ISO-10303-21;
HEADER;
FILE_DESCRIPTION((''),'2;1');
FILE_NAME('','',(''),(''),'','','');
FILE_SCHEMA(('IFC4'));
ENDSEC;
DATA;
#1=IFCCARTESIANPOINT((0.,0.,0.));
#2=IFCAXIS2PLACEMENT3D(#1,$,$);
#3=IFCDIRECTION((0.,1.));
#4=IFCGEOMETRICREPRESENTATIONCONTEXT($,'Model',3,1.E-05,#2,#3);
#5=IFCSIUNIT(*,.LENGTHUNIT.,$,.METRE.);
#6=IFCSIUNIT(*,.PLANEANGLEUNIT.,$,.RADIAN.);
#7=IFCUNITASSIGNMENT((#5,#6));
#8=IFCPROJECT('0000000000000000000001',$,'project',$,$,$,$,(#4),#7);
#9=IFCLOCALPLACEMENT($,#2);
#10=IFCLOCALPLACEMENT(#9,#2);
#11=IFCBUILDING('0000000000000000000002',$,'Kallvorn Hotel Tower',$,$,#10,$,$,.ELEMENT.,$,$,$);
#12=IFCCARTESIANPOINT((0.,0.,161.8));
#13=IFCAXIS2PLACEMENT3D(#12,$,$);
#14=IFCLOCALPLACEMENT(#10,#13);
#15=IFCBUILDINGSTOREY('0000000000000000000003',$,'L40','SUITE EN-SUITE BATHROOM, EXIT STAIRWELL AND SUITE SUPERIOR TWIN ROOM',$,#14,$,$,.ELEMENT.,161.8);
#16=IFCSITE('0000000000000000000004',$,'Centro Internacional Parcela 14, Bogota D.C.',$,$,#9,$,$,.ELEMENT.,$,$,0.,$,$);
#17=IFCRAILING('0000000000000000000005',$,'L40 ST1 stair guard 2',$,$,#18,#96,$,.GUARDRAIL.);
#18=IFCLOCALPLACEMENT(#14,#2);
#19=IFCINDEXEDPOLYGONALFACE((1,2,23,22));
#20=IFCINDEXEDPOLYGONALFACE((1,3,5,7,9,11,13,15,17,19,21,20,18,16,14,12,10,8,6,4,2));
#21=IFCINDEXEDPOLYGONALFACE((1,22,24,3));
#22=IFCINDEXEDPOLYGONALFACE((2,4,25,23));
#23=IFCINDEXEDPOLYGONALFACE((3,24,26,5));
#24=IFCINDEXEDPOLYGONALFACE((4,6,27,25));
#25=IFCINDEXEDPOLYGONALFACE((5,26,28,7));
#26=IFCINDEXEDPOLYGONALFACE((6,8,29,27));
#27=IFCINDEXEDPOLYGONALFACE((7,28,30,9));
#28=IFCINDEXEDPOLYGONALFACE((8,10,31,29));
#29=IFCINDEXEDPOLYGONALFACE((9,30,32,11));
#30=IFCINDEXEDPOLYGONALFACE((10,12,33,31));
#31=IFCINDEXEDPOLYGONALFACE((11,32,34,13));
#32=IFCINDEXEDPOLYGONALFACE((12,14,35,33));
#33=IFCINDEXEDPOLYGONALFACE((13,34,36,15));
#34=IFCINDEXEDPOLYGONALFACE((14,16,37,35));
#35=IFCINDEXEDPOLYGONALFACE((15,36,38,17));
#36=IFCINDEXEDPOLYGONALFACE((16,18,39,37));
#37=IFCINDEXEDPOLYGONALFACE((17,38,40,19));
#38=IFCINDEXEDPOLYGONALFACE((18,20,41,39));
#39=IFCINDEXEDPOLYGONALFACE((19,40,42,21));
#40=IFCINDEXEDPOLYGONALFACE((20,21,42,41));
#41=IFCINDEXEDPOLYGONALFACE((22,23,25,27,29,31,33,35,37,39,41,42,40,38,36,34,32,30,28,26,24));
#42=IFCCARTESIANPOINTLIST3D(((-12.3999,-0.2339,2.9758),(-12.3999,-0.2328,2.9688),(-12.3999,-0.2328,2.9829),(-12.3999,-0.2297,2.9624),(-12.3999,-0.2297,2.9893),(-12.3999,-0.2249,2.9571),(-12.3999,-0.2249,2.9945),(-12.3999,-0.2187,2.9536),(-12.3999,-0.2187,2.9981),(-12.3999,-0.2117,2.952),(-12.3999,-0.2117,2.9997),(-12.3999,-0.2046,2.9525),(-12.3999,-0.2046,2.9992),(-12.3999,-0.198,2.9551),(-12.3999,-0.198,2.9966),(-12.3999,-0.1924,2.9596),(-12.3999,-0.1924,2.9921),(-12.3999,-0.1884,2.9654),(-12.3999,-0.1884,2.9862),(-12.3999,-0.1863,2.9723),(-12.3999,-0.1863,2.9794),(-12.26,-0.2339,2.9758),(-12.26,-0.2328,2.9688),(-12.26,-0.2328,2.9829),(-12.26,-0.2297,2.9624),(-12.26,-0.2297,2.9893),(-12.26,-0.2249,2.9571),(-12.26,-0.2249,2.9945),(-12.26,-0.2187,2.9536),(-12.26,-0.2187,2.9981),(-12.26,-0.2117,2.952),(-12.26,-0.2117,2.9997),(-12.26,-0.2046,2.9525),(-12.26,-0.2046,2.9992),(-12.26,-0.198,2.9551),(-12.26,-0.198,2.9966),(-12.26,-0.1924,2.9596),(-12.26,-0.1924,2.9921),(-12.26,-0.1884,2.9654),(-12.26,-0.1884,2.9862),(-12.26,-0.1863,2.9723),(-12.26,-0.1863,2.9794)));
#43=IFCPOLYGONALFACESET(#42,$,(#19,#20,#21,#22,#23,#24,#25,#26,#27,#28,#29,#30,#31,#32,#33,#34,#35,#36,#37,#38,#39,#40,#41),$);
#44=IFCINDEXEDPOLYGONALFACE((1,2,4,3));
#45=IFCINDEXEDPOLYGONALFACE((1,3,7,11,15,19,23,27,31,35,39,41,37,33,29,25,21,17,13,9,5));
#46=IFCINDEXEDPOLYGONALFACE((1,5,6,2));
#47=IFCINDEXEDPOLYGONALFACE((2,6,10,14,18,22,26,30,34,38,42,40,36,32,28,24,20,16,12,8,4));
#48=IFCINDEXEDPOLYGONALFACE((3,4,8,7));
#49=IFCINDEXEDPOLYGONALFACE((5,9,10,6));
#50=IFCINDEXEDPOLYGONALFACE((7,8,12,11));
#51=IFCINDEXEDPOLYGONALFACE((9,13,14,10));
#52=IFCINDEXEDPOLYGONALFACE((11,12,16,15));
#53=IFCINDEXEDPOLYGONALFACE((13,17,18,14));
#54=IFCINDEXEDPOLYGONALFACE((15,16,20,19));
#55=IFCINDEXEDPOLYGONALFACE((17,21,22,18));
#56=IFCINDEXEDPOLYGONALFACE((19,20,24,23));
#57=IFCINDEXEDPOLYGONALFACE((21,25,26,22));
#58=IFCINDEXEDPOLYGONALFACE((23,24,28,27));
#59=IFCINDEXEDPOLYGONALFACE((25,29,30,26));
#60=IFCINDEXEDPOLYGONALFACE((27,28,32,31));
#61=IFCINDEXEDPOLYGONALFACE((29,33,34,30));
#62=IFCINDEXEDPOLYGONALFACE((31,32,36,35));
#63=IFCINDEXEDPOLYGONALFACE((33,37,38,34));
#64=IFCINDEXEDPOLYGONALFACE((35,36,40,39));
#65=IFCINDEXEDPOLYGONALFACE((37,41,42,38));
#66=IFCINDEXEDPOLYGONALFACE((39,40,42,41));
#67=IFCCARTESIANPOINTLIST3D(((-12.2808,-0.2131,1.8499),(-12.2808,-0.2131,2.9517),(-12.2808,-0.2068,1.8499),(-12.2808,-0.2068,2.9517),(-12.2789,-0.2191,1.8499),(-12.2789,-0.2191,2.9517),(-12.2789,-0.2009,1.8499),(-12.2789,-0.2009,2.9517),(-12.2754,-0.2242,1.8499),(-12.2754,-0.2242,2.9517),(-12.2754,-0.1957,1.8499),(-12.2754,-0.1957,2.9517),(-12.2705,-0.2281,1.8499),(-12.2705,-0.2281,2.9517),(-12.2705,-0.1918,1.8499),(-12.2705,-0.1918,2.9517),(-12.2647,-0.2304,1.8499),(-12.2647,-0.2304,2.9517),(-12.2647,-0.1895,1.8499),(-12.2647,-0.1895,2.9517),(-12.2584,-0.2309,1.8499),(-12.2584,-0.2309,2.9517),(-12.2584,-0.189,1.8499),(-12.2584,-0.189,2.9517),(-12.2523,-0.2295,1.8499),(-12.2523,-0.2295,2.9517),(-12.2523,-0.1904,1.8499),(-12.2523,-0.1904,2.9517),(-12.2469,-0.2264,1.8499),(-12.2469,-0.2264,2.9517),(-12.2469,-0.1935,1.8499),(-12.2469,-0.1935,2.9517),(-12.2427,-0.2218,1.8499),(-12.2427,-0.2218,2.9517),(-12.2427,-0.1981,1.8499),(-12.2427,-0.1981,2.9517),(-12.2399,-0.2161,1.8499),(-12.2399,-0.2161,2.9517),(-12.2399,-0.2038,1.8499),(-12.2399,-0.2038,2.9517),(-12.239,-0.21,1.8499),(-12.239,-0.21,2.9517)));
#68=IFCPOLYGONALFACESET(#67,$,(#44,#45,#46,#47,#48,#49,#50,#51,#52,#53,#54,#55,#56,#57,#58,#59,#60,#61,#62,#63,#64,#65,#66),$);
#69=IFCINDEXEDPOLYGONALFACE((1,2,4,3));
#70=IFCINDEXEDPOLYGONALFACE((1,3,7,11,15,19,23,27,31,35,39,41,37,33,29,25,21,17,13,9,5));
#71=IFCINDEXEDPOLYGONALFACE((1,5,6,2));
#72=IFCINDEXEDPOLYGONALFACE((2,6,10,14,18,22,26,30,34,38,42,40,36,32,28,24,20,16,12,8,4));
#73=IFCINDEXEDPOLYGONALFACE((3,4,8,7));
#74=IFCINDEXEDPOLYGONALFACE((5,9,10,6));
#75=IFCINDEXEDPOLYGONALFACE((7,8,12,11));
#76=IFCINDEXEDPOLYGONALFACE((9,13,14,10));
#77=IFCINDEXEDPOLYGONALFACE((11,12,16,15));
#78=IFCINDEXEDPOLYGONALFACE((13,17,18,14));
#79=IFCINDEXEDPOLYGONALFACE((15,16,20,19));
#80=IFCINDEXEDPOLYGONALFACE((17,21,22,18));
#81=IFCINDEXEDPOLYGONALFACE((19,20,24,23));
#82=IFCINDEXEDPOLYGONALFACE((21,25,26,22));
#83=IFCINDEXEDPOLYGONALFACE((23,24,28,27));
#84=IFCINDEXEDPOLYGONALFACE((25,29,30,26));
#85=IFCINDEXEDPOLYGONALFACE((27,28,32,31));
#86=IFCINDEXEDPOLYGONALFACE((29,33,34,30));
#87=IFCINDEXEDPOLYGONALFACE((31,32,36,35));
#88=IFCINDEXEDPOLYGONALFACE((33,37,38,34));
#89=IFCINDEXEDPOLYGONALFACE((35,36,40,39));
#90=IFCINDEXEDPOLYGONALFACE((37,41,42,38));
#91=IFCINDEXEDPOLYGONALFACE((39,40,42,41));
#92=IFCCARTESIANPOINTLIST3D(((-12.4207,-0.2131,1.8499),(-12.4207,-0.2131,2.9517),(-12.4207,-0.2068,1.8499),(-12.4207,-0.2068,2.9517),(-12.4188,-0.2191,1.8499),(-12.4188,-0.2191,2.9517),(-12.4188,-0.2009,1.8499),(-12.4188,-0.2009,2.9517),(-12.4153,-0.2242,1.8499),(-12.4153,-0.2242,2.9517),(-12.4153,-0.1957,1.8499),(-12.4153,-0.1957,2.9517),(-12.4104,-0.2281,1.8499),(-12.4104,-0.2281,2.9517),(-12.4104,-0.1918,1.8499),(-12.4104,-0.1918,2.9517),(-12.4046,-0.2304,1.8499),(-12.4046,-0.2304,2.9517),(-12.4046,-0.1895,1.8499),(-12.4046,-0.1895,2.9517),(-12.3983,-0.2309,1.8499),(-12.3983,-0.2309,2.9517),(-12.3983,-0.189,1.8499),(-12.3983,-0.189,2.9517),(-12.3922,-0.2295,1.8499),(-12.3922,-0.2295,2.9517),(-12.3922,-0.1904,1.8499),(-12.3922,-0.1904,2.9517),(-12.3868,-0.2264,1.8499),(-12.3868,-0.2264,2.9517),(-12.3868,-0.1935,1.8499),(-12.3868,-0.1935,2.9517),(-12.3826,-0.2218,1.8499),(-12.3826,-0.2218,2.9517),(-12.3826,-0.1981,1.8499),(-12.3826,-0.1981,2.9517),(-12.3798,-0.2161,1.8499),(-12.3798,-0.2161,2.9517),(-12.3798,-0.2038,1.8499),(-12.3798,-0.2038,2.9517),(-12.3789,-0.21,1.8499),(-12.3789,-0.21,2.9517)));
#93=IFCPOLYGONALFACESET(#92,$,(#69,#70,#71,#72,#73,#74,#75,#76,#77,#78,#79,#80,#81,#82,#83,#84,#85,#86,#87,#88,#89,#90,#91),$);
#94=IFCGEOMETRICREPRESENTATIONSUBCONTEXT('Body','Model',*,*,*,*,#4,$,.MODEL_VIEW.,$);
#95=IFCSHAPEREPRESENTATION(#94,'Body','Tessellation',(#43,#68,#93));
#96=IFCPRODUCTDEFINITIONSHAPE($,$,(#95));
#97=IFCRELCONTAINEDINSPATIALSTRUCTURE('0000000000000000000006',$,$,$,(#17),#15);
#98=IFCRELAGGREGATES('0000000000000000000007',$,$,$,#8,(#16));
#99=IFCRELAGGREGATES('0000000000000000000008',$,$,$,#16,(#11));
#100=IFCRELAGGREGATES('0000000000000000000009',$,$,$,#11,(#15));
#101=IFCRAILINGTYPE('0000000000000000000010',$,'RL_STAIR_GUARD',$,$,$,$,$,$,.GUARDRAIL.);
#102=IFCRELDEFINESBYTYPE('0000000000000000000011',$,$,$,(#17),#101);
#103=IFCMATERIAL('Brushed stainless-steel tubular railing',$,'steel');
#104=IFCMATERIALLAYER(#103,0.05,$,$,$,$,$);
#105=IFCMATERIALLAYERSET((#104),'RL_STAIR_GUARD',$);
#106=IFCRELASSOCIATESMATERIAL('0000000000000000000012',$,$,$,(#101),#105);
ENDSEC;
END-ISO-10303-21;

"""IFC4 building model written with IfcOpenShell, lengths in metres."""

from ifc_helpers import new_model, si_unit, direction, frame, origin, origin_2d, place, context, subcontext, project, spatial, circle, extrude, material, layer, layer_set, type_object, element, save


model = new_model("IFC4")

# Units and contexts
model_context = context("Model", 3, precision=1e-05, world=origin(), true_north=direction((0.0, 1.0)))
body_context = subcontext(model_context, "Body", "Model", "MODEL_VIEW")
ifc_project = project(units=[si_unit("LENGTHUNIT", "METRE"), si_unit("PLANEANGLEUNIT", "RADIAN")], contexts=[model_context])

# Site, building, storey
site_placement = place(None, origin())
site = spatial("IfcSite", under=ifc_project, at=site_placement, Name="Centro Internacional Parcela 14, Bogota D.C.", CompositionType="ELEMENT", RefElevation=0.0)
building_placement = place(site_placement, origin())
building = spatial("IfcBuilding", under=site, at=building_placement, Name="Kallvorn Hotel Tower", CompositionType="ELEMENT")
storey_placement = place(building_placement, frame((0.0, 0.0, 161.8)))
storey = spatial("IfcBuildingStorey", under=building, at=storey_placement, Name="L40", Description="SUITE EN-SUITE BATHROOM, EXIT STAIRWELL AND SUITE SUPERIOR TWIN ROOM", CompositionType="ELEMENT", Elevation=161.8)

# Railing
ifc_material_1 = material(Name="Brushed stainless-steel tubular railing", Category="steel")
ifc_layer_1 = layer(ifc_material_1, 0.05)
ifc_layer_set_1 = layer_set([ifc_layer_1], Name="RL_STAIR_GUARD")
railing_type_1 = type_object("IfcRailingType", Name="RL_STAIR_GUARD", PredefinedType="GUARDRAIL", material=ifc_layer_set_1)
railing_1_placement = place(storey_placement, frame((-12.26, -0.21, 1.8499)))
element("IfcRailing", 1, at=railing_1_placement, inside=storey, type_object=railing_type_1, Name="L40 ST1 stair guard 2", PredefinedType="GUARDRAIL", context=body_context, shape_type="SweptSolid", body=[
    extrude(circle(Radius=0.0239, at=origin_2d()), frame((0.0, 0.0, 1.126), z_axis=(-1.0, 0.0, 0.0), x_axis=(0.0, -1.0, 0.0)), (0.0, 0.0, 1.0), 0.1399),
    extrude(circle(Radius=0.021, at=origin_2d()), origin(), (0.0, 0.0, 1.0), 1.1018),
    extrude(circle(Radius=0.021, at=origin_2d()), frame((-0.1399, 0.0, 0.0)), (0.0, 0.0, 1.0), 1.1018),
])

save(model, "model.ifc")
